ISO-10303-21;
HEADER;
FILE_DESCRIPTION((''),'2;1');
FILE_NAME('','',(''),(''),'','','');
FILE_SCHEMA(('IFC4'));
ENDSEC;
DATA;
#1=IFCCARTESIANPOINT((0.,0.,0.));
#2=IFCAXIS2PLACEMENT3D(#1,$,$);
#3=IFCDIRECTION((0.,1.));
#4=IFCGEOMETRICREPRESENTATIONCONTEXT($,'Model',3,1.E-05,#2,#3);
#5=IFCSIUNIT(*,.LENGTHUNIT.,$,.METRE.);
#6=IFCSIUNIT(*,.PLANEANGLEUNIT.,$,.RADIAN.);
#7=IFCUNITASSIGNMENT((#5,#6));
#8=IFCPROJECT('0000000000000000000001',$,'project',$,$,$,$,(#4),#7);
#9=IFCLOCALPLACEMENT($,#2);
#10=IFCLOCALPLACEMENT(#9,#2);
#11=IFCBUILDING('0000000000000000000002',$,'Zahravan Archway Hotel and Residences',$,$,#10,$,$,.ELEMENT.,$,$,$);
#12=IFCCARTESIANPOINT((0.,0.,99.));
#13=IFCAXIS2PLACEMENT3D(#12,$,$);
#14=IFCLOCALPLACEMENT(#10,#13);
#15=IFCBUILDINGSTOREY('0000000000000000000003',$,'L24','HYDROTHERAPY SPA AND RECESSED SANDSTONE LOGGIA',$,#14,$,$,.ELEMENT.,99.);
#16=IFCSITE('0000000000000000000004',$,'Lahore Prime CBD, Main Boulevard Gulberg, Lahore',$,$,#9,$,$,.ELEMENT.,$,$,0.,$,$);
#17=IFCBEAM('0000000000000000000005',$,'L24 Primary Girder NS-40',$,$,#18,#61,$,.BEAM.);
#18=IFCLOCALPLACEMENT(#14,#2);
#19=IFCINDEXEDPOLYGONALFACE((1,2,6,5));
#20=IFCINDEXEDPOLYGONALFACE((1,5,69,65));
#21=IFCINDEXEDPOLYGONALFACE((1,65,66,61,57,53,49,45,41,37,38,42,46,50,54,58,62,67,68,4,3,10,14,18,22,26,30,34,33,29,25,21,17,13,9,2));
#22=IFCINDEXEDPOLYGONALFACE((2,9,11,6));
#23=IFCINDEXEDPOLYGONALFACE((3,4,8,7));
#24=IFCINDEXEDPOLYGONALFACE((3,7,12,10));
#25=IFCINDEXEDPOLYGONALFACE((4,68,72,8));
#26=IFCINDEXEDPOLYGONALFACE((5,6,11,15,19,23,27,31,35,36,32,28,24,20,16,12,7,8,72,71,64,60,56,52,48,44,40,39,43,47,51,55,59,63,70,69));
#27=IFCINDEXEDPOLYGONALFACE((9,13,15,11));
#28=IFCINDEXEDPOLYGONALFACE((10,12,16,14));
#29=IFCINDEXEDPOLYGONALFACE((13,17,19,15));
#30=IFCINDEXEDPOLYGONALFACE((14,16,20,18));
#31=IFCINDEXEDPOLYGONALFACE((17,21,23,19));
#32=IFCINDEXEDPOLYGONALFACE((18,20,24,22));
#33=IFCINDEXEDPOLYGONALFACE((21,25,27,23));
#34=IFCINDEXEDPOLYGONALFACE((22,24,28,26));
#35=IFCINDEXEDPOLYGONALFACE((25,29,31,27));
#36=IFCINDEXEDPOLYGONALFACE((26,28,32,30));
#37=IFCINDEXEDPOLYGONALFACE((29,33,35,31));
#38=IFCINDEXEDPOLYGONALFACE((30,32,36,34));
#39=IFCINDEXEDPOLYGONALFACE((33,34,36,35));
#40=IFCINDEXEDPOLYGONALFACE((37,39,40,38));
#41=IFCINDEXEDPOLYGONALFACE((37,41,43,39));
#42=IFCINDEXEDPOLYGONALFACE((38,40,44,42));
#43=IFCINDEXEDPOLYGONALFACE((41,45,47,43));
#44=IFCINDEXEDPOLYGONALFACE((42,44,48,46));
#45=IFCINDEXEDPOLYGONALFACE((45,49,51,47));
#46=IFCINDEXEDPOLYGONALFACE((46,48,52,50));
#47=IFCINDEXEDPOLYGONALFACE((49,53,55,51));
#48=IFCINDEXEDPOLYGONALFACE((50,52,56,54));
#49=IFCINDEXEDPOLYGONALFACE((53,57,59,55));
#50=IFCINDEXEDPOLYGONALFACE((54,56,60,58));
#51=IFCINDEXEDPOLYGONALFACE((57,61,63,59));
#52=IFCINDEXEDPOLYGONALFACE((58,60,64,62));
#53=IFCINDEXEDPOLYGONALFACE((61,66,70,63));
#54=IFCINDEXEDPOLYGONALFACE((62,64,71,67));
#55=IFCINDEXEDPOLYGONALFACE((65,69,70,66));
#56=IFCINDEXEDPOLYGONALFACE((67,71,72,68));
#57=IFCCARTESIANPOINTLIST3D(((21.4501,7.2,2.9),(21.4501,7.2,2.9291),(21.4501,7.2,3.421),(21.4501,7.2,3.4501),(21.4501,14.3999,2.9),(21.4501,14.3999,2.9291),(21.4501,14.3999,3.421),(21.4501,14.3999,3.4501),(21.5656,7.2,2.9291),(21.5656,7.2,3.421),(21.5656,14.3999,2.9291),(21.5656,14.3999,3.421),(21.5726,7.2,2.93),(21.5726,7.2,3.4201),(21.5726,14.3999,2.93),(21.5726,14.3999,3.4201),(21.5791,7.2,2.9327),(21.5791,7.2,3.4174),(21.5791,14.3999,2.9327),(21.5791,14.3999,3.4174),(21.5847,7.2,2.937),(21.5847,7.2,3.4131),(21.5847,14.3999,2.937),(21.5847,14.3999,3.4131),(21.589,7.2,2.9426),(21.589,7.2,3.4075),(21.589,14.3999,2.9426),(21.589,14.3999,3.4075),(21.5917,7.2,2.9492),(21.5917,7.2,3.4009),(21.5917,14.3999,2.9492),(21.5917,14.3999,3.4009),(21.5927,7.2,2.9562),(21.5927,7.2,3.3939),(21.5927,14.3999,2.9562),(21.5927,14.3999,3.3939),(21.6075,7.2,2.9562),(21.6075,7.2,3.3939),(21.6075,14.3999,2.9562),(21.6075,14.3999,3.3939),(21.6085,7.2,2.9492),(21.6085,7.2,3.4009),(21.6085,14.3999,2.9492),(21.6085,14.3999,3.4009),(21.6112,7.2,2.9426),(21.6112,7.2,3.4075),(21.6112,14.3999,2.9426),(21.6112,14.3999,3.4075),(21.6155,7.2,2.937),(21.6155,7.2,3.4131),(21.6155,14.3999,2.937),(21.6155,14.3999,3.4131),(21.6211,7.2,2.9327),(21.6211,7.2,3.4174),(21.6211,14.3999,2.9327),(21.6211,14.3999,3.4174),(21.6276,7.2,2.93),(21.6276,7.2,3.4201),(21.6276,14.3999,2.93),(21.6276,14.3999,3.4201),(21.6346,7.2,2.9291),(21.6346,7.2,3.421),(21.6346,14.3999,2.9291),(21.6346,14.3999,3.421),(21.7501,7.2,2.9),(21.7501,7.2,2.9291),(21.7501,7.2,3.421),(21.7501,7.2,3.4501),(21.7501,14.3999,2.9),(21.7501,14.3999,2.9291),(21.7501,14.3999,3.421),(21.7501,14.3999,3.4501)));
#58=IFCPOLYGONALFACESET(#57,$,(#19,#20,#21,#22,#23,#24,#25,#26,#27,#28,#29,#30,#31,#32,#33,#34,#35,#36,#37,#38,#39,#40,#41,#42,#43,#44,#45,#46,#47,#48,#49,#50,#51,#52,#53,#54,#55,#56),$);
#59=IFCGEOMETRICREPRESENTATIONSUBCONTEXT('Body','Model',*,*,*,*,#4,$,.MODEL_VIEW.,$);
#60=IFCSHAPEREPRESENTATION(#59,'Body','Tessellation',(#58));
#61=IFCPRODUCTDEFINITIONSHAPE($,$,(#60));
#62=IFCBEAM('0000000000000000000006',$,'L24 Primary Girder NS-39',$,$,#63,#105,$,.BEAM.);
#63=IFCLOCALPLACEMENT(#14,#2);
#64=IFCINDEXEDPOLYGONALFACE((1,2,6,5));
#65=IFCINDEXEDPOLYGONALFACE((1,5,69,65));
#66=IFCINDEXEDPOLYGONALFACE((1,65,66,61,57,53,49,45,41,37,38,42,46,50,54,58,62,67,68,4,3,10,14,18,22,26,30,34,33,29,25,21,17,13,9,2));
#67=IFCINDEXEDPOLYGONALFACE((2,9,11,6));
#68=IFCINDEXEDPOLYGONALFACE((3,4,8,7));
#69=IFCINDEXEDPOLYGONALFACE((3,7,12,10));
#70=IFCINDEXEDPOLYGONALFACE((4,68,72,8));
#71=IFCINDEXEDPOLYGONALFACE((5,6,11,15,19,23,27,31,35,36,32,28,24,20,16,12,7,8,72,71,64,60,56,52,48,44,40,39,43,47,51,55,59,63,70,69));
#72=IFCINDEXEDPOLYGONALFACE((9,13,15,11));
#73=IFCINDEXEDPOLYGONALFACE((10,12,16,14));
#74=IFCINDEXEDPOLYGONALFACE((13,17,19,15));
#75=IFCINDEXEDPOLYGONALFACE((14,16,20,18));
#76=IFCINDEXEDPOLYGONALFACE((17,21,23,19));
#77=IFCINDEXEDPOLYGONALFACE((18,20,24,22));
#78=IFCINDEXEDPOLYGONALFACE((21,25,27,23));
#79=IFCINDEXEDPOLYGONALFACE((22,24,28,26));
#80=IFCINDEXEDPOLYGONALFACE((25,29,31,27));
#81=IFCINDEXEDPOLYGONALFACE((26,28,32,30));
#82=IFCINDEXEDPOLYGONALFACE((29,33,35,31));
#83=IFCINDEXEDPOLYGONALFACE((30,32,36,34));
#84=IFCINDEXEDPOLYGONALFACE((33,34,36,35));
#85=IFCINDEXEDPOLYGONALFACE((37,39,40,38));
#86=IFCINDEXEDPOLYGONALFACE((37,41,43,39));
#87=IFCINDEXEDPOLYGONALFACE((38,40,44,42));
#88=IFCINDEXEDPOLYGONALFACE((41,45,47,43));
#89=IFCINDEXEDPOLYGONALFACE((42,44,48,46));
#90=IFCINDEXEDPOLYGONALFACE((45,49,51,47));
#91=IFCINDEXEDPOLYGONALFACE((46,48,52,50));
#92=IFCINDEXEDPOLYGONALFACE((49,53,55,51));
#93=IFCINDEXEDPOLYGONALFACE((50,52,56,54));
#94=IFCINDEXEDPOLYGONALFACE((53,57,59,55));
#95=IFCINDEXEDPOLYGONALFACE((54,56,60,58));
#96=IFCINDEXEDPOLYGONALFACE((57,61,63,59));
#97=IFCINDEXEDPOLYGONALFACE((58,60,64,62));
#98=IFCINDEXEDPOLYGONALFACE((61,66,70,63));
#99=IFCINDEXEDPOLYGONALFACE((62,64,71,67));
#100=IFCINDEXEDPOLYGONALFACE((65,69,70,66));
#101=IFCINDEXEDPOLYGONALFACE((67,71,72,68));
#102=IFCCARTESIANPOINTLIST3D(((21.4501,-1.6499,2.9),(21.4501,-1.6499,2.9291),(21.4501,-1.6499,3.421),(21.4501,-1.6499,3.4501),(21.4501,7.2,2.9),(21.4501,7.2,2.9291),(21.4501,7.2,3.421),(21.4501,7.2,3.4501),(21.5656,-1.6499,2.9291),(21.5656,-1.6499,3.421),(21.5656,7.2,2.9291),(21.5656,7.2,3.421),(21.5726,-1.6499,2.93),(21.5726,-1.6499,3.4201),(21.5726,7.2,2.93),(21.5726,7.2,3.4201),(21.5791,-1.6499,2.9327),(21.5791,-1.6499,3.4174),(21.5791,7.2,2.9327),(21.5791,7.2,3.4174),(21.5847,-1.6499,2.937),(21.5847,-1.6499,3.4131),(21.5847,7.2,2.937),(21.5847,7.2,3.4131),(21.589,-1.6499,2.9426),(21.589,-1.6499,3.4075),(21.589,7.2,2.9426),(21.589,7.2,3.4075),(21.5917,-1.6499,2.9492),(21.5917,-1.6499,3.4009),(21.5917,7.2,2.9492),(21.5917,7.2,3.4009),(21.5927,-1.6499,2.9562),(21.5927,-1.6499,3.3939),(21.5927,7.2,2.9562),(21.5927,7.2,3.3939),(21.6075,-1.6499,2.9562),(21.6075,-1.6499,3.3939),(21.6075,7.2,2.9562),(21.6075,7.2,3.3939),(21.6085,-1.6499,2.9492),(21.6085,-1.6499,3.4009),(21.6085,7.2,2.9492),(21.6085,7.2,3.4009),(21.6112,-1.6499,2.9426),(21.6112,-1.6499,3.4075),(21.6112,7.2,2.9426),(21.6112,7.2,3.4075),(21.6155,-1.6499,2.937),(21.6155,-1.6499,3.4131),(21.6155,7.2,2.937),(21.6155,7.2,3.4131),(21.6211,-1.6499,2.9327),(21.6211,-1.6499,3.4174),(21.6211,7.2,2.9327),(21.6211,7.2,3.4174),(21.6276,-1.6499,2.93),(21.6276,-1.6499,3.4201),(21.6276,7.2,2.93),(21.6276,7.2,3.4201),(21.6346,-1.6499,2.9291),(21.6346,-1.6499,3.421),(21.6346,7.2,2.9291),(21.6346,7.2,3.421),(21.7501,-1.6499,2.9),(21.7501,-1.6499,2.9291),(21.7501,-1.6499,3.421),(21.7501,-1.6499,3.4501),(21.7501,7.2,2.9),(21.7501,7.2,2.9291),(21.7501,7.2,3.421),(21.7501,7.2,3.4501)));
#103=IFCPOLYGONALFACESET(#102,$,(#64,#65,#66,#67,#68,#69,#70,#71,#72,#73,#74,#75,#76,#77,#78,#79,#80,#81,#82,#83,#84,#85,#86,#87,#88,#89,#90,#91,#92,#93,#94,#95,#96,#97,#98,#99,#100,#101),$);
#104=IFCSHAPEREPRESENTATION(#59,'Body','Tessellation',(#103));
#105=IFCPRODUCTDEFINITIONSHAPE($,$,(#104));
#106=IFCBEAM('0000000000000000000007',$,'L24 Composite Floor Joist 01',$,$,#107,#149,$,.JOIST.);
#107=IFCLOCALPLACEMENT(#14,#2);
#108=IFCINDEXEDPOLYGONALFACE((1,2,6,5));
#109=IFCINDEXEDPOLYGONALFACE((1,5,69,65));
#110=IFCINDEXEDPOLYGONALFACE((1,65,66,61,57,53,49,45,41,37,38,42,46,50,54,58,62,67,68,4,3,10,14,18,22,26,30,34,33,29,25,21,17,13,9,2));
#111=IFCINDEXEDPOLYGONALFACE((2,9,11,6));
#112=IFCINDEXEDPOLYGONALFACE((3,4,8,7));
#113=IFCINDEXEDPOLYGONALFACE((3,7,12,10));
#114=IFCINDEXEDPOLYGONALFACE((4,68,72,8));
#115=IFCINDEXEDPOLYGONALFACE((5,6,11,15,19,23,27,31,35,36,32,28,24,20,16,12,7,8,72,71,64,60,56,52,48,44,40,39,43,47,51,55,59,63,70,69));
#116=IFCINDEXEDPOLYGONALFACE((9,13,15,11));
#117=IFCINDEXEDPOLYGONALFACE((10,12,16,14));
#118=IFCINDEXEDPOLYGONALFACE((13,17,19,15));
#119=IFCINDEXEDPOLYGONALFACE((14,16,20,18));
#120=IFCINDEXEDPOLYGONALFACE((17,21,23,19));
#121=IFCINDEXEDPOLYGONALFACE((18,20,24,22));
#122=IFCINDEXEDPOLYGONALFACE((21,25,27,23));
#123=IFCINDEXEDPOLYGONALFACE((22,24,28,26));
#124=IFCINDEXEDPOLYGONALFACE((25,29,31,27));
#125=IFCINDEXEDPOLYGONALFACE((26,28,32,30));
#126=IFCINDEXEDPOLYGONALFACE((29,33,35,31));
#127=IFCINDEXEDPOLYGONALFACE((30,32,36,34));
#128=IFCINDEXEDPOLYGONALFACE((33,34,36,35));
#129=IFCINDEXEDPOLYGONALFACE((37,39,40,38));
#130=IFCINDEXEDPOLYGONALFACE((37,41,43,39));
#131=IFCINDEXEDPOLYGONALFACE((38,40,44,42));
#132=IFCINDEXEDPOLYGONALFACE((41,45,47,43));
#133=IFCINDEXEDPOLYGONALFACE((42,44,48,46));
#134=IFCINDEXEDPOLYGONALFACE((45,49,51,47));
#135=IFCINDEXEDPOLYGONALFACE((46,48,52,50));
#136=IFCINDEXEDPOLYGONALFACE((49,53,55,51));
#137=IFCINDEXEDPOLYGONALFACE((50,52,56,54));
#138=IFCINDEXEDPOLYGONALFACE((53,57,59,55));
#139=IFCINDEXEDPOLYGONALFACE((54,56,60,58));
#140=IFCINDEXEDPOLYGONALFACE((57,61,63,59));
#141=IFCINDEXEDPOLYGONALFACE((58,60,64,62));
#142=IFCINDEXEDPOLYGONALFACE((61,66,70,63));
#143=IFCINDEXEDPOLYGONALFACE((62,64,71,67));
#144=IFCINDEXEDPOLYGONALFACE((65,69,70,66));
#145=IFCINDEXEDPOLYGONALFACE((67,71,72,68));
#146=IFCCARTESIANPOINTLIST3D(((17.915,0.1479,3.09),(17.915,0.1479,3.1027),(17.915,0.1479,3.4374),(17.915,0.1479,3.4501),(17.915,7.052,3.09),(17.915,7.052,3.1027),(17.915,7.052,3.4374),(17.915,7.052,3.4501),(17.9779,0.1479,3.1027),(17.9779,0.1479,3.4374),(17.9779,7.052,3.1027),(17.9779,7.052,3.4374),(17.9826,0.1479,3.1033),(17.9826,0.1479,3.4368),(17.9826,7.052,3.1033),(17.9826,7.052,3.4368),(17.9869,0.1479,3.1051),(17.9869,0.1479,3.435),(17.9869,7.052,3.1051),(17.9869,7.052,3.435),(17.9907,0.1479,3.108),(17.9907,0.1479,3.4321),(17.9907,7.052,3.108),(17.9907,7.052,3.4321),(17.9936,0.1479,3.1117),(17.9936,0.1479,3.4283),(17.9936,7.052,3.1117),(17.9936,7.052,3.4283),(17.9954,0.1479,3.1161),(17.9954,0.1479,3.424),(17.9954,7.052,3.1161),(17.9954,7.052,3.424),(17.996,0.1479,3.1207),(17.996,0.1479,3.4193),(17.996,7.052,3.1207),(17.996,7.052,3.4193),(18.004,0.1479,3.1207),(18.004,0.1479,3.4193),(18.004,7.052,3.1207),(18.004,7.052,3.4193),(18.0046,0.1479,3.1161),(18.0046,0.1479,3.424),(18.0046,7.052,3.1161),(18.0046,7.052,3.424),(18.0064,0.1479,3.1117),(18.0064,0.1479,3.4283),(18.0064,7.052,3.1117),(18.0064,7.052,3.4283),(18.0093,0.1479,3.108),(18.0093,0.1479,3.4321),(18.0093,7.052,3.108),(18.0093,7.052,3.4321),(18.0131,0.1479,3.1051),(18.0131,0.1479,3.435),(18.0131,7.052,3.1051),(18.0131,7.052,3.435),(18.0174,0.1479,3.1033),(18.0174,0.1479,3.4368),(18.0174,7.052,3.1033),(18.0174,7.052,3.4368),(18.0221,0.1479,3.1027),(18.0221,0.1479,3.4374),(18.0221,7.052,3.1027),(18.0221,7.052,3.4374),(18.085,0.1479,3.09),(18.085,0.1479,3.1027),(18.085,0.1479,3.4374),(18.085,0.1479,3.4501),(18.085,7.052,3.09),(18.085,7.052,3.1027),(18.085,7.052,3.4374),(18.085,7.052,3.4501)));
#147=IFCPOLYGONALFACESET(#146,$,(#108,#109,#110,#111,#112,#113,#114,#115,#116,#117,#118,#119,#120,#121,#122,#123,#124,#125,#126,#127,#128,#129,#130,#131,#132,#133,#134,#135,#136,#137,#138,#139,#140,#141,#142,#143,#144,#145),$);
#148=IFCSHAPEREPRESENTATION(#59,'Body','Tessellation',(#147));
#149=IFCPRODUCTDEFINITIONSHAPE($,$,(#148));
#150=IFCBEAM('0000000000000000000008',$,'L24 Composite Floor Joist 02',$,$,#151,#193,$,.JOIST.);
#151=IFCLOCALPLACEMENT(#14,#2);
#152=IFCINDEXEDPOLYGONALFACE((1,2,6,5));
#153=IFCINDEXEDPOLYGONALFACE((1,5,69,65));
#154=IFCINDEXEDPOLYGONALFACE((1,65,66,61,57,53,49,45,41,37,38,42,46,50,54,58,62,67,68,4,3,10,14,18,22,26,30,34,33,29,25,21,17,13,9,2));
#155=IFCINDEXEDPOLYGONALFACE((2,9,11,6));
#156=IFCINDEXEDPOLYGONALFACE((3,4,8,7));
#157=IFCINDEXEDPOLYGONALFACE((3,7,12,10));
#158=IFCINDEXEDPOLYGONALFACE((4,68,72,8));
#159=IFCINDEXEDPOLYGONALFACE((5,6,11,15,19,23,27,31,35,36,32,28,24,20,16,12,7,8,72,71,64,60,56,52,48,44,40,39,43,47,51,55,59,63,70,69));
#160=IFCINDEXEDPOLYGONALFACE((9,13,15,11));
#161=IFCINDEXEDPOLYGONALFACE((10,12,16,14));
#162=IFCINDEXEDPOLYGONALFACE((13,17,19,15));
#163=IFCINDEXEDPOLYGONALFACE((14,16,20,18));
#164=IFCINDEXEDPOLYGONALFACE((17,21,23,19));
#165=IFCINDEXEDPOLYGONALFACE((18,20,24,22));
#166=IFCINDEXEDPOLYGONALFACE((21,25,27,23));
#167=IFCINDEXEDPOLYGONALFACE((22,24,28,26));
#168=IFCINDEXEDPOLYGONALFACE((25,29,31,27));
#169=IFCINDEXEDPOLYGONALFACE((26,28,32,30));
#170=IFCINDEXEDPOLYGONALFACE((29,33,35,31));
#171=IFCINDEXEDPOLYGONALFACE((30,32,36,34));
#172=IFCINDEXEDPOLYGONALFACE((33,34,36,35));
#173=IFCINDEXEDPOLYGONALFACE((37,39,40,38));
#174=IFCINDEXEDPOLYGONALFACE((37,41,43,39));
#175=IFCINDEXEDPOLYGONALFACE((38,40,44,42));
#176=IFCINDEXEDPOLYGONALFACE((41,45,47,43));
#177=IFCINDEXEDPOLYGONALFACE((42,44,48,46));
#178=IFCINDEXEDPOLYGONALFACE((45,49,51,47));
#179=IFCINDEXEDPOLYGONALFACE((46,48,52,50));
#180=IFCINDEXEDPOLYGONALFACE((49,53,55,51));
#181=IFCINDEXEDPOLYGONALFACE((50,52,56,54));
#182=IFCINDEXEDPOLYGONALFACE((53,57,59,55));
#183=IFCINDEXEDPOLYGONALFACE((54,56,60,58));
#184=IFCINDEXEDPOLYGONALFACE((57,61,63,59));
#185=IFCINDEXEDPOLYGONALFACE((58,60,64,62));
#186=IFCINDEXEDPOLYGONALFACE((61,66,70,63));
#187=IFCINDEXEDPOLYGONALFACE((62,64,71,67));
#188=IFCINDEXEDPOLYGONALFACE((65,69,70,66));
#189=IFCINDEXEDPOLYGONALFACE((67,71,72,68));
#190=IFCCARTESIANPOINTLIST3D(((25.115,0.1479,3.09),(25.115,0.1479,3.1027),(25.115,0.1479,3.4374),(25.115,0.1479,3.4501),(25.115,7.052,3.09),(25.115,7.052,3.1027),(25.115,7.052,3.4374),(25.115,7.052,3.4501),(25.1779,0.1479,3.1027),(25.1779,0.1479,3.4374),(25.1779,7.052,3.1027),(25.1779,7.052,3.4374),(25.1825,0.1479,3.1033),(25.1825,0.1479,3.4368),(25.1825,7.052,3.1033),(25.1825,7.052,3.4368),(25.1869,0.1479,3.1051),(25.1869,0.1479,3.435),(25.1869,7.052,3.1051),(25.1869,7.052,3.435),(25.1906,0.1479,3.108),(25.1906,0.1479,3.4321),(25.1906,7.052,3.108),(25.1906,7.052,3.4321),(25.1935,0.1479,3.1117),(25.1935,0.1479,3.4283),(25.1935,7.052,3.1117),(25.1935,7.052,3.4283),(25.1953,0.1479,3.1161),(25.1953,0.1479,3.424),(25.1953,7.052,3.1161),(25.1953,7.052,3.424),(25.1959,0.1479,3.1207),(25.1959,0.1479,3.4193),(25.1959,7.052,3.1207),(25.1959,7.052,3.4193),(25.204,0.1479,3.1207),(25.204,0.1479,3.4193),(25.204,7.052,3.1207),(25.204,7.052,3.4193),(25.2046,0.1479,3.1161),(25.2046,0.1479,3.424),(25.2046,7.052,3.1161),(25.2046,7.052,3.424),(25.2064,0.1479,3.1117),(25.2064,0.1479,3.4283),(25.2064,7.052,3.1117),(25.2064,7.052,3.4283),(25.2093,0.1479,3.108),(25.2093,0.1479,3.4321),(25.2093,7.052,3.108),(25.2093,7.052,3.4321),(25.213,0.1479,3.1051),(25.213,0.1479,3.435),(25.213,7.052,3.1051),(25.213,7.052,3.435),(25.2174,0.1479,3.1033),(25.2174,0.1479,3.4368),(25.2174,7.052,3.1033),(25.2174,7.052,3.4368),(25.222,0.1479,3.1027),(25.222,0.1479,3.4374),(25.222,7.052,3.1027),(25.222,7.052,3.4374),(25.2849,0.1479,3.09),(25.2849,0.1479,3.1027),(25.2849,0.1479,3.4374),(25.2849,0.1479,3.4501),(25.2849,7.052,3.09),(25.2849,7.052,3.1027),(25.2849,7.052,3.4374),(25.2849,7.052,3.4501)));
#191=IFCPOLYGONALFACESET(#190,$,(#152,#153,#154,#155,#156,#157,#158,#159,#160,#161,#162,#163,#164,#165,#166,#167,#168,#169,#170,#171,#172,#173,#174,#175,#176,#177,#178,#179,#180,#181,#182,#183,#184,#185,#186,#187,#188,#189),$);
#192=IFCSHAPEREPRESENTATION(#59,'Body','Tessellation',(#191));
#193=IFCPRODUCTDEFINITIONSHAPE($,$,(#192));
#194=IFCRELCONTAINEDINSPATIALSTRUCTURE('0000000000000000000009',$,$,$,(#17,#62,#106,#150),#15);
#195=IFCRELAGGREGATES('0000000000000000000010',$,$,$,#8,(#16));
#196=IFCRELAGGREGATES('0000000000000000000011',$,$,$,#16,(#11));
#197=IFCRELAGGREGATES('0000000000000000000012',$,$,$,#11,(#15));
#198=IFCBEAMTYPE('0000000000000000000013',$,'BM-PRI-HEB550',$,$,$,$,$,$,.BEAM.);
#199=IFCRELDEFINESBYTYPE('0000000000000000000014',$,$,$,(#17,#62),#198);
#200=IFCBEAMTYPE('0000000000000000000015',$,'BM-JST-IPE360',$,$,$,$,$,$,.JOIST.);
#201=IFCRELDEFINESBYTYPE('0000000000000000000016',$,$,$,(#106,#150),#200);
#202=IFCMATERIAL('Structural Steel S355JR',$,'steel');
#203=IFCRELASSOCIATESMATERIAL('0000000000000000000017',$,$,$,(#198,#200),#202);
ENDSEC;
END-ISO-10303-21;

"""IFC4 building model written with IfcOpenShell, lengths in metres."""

from ifc_helpers import new_model, si_unit, direction, frame, origin, origin_2d, place, context, subcontext, project, spatial, i_section, extrude, source, transform, mapped, material, material_profile, profile_set, type_object, type_shapes, element, save


model = new_model("IFC4")

# Units and contexts
model_context = context("Model", 3, precision=1e-05, world=origin(), true_north=direction((0.0, 1.0)))
body_context = subcontext(model_context, "Body", "Model", "MODEL_VIEW")
ifc_project = project(units=[si_unit("LENGTHUNIT", "METRE"), si_unit("PLANEANGLEUNIT", "RADIAN")], contexts=[model_context])

# Site, building, storey
site_placement = place(None, origin())
site = spatial("IfcSite", under=ifc_project, at=site_placement, Name="Lahore Prime CBD, Main Boulevard Gulberg, Lahore", CompositionType="ELEMENT", RefElevation=0.0)
building_placement = place(site_placement, origin())
building = spatial("IfcBuilding", under=site, at=building_placement, Name="Zahravan Archway Hotel and Residences", CompositionType="ELEMENT")
storey_placement = place(building_placement, frame((0.0, 0.0, 99.0)))
storey = spatial("IfcBuildingStorey", under=building, at=storey_placement, Name="L24", Description="HYDROTHERAPY SPA AND RECESSED SANDSTONE LOGGIA", CompositionType="ELEMENT", Elevation=99.0)

# Beams
ifc_material_1 = material(Name="Structural Steel S355JR", Category="steel")
ifc_material_profile_1 = material_profile(ifc_material_1, i_section(OverallWidth=0.3, OverallDepth=0.55, WebThickness=0.0149, FlangeThickness=0.0291, FilletRadius=0.0271, at=origin_2d()), Name="HEB 550", Category="steel")
ifc_profile_set_1 = profile_set([ifc_material_profile_1], Name="Structural Steel S355JR")
beam_type_1 = type_object("IfcBeamType", Name="BM-PRI-HEB550", PredefinedType="BEAM", material=ifc_profile_set_1)
shared_shape_1 = source(origin(), body_context, "Body", "SweptSolid", [
    extrude(i_section(OverallWidth=0.3, OverallDepth=0.55, WebThickness=0.0149, FlangeThickness=0.0291, FilletRadius=0.0271, at=origin_2d()), origin(), (0.0, 0.0, 1.0), 7.2),
])
for number, where, z_axis, x_axis, name in (
    (1, (21.6001, 7.2, 3.175), (0.0, 1.0, 0.0), (-1.0, 0.0, 0.0), "L24 Primary Girder NS-40"),
):
    element("IfcBeam", number, at=place(storey_placement, frame(where, z_axis=z_axis, x_axis=x_axis)), inside=storey, type_object=beam_type_1, Name=name, PredefinedType="BEAM", context=body_context, shape_type="MappedRepresentation", body=[
        mapped(shared_shape_1, transform((0.0, 0.0, 0.0), scale=1.0)),
    ])
shared_shape_2 = source(origin(), body_context, "Body", "SweptSolid", [
    extrude(i_section(OverallWidth=0.3, OverallDepth=0.55, WebThickness=0.0149, FlangeThickness=0.0291, FilletRadius=0.0271, at=origin_2d()), origin(), (0.0, 0.0, 1.0), 8.8499),
])
beam_1_placement = place(storey_placement, frame((21.6001, -1.6499, 3.175), z_axis=(0.0, 1.0, 0.0), x_axis=(-1.0, 0.0, 0.0)))
element("IfcBeam", 2, at=beam_1_placement, inside=storey, type_object=beam_type_1, Name="L24 Primary Girder NS-39", PredefinedType="BEAM", context=body_context, shape_type="MappedRepresentation", body=[
    mapped(shared_shape_2, transform((0.0, 0.0, 0.0), scale=1.0)),
])
ifc_material_profile_2 = material_profile(ifc_material_1, i_section(OverallWidth=0.1699, OverallDepth=0.3601, WebThickness=0.0081, FlangeThickness=0.0127, FilletRadius=0.0181, at=origin_2d()), Name="IPE 360", Category="steel")
ifc_profile_set_2 = profile_set([ifc_material_profile_2], Name="Structural Steel S355JR")
beam_type_2 = type_object("IfcBeamType", Name="BM-JST-IPE360", PredefinedType="JOIST", material=ifc_profile_set_2)
shared_shape_3 = source(origin(), body_context, "Body", "SweptSolid", [
    extrude(i_section(OverallWidth=0.1699, OverallDepth=0.3601, WebThickness=0.0081, FlangeThickness=0.0127, FilletRadius=0.0181, at=origin_2d()), origin(), (0.0, 0.0, 1.0), 6.9041),
])
type_shapes(beam_type_2, [shared_shape_3])
for number, where, z_axis, x_axis, name in (
    (3, (18.0, 0.1479, 3.27), (0.0, 1.0, 0.0), (-1.0, 0.0, 0.0), "L24 Composite Floor Joist 01"),
    (4, (25.2, 0.1479, 3.27), (0.0, 1.0, 0.0), (-1.0, 0.0, 0.0), "L24 Composite Floor Joist 02"),
):
    element("IfcBeam", number, at=place(storey_placement, frame(where, z_axis=z_axis, x_axis=x_axis)), inside=storey, type_object=beam_type_2, Name=name, PredefinedType="JOIST", context=body_context, shape_type="MappedRepresentation", body=[
        mapped(shared_shape_3, transform((0.0, 0.0, 0.0), scale=1.0)),
    ])

save(model, "model.ifc")
